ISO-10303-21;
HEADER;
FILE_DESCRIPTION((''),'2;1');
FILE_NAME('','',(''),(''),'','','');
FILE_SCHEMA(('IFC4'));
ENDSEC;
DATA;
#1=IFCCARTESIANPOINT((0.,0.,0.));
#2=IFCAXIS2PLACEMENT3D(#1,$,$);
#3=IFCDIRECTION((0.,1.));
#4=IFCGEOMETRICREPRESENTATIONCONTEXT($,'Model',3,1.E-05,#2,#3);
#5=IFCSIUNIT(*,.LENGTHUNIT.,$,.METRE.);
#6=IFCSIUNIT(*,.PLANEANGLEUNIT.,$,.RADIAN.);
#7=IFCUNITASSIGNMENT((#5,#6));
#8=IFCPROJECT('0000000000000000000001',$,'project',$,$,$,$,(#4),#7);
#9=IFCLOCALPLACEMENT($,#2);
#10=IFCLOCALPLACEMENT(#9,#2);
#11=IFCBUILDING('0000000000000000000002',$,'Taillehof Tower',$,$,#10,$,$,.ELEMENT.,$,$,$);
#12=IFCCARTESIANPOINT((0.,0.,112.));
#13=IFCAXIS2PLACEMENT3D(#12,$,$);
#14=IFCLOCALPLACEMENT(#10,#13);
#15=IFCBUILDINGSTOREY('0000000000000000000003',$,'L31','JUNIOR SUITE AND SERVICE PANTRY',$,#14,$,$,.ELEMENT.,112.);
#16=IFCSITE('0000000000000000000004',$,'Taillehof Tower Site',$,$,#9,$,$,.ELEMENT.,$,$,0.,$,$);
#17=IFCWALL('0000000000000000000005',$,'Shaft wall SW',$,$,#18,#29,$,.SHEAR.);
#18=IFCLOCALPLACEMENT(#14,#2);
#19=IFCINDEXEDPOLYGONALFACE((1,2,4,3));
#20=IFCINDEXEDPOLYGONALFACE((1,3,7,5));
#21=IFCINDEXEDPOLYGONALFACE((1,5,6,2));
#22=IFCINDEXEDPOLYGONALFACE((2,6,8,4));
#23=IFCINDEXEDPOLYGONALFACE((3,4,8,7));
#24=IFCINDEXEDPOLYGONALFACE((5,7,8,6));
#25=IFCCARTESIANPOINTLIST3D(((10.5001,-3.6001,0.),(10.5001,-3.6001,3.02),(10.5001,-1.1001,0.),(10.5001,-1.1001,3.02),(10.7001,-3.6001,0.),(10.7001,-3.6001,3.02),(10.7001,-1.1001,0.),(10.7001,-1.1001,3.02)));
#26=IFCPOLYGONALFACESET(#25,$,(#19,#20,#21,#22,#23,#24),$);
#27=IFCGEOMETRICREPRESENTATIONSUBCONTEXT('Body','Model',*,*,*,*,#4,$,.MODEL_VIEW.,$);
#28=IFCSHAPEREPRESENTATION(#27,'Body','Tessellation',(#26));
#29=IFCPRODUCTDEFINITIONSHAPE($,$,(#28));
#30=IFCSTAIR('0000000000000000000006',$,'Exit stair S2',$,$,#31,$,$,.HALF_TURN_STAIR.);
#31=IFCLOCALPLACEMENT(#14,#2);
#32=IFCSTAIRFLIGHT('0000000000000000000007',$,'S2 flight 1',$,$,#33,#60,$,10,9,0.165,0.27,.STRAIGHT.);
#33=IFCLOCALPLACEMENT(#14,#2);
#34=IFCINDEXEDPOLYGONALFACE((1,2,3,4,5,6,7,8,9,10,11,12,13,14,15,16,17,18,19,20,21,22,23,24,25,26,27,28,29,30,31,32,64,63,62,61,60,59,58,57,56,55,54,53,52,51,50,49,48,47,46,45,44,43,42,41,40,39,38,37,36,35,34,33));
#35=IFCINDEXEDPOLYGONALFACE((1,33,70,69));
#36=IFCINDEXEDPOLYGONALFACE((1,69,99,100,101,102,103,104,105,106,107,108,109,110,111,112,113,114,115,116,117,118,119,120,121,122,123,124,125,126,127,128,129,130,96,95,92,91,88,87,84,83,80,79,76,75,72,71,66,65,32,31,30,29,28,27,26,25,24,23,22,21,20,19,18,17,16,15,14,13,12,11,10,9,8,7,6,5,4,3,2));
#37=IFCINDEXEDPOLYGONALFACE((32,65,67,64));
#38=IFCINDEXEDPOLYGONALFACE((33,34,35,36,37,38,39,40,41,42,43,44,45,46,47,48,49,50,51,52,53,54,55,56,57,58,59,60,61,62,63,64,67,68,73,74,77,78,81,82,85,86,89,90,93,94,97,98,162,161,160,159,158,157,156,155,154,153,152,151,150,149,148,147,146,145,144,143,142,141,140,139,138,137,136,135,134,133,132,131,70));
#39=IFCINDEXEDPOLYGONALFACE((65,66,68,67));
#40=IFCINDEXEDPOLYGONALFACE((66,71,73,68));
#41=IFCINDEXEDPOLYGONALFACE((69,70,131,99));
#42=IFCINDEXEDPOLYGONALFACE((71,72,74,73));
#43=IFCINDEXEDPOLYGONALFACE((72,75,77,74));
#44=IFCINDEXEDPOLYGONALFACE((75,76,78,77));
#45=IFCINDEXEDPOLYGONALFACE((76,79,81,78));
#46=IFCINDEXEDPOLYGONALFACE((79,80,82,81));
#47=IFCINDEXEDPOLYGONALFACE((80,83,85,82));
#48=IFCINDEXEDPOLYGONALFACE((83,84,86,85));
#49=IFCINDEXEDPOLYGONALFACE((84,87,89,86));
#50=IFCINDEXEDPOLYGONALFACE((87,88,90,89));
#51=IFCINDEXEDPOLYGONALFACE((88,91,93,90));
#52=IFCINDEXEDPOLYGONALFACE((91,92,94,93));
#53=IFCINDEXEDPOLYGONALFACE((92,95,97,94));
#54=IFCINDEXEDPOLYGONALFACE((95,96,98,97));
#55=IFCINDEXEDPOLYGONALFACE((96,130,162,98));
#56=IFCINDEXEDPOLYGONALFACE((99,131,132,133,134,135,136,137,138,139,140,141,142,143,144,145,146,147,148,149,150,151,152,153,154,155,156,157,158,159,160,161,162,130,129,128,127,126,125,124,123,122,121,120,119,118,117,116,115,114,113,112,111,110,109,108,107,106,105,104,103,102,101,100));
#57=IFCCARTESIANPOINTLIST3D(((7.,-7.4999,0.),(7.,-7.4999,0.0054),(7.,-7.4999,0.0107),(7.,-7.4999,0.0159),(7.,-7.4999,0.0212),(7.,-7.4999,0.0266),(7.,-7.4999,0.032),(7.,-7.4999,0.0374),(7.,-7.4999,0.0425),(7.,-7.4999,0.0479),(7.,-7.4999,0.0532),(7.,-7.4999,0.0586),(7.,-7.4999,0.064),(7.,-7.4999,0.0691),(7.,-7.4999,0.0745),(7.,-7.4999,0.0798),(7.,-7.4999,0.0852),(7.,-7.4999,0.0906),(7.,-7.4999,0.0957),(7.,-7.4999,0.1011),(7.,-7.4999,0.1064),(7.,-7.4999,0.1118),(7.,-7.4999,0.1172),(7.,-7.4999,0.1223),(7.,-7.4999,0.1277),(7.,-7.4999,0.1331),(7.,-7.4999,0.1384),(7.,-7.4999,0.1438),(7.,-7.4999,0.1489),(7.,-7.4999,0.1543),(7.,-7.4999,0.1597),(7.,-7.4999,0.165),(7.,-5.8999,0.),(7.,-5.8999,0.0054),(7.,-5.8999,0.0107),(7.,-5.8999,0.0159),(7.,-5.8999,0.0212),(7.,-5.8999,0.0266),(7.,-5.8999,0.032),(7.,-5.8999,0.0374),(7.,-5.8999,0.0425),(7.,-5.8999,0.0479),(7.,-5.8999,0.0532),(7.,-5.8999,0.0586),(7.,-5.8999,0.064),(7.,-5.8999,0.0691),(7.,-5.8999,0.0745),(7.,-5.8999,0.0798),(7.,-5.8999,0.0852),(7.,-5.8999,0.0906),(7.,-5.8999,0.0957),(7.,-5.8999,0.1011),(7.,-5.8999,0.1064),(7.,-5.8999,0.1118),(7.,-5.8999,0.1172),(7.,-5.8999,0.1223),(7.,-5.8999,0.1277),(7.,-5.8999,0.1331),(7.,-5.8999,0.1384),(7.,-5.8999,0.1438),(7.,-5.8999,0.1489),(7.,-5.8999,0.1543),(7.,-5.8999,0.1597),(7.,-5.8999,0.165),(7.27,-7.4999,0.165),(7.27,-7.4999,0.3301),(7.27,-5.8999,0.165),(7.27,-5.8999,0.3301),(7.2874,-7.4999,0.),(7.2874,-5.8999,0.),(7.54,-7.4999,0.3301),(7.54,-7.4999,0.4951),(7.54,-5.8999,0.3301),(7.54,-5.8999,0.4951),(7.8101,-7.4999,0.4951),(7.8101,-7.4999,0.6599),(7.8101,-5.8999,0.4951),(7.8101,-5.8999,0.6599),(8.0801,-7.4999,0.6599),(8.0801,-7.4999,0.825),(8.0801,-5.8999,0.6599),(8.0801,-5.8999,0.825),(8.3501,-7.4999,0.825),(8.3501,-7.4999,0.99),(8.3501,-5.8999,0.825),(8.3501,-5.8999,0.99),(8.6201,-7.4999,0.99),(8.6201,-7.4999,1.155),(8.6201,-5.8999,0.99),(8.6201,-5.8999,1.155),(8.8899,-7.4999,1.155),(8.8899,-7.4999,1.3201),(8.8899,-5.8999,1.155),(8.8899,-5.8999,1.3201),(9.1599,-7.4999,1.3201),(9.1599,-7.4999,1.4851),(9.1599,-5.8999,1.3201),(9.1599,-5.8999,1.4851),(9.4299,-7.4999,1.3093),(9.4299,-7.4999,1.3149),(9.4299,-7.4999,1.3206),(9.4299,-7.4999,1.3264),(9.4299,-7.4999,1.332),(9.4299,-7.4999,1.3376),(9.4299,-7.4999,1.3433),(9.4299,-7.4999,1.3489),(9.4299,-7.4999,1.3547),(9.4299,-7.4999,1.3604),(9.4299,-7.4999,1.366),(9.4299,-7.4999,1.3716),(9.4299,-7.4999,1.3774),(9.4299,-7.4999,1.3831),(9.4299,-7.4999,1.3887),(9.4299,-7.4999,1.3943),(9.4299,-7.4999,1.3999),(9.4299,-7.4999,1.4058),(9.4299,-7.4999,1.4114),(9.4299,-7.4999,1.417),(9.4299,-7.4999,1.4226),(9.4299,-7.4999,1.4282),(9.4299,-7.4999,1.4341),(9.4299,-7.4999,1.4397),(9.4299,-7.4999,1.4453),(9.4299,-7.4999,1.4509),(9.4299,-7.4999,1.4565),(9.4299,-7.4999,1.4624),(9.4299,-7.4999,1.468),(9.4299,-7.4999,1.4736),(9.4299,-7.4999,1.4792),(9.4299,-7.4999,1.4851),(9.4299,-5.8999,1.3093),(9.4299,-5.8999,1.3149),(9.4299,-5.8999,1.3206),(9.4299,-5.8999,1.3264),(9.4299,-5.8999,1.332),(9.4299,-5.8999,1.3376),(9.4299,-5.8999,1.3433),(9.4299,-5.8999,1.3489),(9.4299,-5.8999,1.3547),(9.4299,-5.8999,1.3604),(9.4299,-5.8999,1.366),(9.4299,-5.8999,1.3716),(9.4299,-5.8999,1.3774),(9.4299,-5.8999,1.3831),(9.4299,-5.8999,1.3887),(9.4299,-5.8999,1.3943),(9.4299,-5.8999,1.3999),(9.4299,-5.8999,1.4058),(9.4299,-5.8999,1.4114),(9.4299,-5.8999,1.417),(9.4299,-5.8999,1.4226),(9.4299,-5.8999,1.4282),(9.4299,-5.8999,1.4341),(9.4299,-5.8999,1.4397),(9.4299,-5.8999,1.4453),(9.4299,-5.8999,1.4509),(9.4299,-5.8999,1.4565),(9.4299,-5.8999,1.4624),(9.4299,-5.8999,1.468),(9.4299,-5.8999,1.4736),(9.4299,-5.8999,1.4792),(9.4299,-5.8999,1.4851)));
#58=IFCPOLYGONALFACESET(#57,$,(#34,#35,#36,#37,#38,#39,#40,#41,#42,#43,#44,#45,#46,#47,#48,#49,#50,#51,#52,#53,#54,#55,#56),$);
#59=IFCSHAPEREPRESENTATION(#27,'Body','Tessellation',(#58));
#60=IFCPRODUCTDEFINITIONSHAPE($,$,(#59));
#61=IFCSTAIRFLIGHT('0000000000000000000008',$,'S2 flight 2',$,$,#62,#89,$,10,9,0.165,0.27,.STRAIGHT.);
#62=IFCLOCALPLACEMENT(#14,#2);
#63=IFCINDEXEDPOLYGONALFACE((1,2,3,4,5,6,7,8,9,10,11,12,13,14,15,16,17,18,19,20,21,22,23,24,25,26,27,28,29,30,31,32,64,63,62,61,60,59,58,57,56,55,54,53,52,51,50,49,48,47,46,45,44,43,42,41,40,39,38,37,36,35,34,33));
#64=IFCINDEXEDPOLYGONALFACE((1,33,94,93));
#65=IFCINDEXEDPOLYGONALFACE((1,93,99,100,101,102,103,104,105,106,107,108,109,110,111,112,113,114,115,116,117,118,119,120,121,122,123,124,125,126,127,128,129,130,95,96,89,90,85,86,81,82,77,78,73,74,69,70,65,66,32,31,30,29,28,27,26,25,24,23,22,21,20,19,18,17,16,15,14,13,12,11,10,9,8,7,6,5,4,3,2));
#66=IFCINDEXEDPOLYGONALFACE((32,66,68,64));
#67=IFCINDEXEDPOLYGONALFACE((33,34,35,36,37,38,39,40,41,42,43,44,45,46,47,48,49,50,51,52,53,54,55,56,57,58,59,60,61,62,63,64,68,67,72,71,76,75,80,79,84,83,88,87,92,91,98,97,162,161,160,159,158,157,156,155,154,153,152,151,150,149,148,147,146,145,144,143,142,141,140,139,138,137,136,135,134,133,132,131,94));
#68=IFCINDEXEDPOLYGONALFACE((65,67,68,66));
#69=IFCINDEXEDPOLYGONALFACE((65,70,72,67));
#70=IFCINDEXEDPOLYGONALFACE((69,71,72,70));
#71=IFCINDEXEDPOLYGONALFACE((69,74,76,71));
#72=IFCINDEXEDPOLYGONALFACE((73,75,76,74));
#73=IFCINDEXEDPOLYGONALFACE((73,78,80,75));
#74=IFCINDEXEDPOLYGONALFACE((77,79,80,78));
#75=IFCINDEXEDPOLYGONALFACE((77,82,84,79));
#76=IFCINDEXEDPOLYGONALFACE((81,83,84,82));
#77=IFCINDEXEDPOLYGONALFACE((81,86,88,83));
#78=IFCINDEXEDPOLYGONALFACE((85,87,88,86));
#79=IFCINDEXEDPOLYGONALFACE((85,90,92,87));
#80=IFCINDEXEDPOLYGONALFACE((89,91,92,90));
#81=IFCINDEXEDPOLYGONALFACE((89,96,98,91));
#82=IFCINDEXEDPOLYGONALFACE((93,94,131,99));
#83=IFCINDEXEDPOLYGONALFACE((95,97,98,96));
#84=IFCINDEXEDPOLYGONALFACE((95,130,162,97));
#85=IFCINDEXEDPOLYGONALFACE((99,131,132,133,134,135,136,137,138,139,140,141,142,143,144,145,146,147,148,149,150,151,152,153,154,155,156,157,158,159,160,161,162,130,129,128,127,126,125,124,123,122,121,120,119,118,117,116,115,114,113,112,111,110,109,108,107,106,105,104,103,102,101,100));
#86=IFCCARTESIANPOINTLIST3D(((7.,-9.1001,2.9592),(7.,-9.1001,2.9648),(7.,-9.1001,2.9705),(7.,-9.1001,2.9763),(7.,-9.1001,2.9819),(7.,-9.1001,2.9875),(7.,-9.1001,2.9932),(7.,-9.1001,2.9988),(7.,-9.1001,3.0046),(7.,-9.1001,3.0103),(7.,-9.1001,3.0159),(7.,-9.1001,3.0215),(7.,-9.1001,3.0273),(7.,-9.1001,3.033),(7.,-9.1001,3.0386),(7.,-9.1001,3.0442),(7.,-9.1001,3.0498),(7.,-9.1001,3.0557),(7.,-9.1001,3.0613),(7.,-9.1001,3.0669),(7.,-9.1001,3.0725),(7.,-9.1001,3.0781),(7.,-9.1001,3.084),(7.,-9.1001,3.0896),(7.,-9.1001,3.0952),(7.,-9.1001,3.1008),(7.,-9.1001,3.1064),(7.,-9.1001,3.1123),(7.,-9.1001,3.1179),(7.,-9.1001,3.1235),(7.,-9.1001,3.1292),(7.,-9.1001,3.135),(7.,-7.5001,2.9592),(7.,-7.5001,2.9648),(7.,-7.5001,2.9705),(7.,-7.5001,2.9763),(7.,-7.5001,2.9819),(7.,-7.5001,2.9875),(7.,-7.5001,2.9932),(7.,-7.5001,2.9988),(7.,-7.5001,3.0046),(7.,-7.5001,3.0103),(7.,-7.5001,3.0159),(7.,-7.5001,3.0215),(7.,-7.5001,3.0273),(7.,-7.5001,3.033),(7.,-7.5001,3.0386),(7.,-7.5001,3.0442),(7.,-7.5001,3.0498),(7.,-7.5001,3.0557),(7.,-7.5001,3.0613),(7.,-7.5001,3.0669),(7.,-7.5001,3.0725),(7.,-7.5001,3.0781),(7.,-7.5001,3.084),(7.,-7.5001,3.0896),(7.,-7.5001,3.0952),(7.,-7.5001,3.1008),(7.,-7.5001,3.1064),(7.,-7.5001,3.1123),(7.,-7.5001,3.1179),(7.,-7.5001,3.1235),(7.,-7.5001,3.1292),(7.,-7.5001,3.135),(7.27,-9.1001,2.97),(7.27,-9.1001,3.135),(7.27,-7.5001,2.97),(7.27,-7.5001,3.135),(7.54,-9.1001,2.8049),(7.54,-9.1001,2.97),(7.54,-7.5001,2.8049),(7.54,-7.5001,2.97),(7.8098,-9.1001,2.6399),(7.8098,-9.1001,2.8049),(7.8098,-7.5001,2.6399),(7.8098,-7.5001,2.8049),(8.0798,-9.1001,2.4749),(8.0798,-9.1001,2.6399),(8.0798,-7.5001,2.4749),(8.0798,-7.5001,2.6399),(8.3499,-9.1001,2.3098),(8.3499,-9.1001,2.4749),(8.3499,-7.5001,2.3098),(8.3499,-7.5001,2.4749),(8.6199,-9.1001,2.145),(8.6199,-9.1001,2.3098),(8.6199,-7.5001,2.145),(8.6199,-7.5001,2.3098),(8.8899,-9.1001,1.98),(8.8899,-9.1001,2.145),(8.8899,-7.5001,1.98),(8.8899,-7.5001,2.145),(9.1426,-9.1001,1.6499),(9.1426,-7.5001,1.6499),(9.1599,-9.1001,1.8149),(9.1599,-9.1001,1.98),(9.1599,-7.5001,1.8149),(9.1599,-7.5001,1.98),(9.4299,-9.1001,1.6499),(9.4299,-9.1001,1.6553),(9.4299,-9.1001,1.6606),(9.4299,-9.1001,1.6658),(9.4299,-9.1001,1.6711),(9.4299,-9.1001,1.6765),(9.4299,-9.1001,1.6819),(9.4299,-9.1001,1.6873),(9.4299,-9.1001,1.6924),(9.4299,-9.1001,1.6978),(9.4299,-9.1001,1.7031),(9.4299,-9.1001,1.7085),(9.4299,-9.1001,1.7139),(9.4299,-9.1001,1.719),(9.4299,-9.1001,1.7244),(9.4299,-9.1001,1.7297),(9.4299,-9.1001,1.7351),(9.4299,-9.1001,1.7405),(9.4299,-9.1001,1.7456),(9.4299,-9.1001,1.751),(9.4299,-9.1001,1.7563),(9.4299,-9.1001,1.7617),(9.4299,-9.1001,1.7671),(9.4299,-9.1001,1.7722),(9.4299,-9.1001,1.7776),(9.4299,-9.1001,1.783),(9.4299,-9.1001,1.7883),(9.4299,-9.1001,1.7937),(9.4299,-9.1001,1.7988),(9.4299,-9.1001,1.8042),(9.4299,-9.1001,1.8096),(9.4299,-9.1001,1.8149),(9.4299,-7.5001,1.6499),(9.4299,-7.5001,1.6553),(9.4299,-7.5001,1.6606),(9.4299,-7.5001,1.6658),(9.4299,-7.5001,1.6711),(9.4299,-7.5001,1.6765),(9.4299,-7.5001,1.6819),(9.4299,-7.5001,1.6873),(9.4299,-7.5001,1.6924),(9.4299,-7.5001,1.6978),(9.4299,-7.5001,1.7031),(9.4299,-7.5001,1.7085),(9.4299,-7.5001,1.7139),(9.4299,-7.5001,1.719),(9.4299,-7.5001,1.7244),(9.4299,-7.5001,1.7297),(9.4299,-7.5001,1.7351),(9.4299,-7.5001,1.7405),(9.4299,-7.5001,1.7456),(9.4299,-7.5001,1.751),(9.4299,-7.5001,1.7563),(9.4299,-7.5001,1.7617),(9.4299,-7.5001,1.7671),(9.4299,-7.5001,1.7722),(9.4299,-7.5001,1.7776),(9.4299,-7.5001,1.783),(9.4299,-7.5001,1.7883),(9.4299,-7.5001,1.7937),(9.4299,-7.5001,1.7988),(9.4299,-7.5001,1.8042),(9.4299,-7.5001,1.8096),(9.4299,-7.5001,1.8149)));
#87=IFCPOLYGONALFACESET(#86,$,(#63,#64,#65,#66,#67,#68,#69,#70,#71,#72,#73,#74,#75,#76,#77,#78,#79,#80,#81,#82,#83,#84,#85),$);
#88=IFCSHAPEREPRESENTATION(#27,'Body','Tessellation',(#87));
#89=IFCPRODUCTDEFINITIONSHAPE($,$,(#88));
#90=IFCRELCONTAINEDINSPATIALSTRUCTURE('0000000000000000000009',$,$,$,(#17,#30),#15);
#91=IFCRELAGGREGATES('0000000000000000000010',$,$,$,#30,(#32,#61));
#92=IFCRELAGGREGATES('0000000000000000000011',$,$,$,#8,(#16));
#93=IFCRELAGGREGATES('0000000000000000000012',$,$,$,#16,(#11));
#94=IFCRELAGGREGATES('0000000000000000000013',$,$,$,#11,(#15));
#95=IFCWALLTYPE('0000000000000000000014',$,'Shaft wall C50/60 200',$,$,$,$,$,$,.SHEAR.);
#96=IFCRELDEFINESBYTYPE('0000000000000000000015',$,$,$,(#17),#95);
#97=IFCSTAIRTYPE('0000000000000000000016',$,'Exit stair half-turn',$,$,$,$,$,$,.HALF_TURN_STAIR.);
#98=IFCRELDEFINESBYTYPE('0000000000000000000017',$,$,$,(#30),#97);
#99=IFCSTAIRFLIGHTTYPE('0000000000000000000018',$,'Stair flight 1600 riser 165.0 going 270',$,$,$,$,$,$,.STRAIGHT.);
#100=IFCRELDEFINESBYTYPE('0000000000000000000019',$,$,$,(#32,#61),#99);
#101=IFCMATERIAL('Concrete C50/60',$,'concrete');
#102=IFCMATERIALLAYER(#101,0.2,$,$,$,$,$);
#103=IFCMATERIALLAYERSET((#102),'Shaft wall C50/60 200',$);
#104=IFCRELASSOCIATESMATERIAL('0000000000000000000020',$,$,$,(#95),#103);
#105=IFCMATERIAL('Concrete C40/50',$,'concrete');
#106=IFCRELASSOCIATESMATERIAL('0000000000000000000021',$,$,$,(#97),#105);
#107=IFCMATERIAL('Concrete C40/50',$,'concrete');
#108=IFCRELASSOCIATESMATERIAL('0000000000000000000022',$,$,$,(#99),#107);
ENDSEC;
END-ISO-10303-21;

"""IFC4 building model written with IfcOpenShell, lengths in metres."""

from ifc_helpers import new_model, si_unit, direction, frame, frame_2d, origin, place, context, subcontext, project, spatial, polyline, rectangle, outline, extrude, material, layer, layer_set, type_object, element, aggregate, save


model = new_model("IFC4")

# Units and contexts
model_context = context("Model", 3, precision=1e-05, world=origin(), true_north=direction((0.0, 1.0)))
body_context = subcontext(model_context, "Body", "Model", "MODEL_VIEW")
ifc_project = project(units=[si_unit("LENGTHUNIT", "METRE"), si_unit("PLANEANGLEUNIT", "RADIAN")], contexts=[model_context])

# Site, building, storey
site_placement = place(None, origin())
site = spatial("IfcSite", under=ifc_project, at=site_placement, Name="Taillehof Tower Site", CompositionType="ELEMENT", RefElevation=0.0)
building_placement = place(site_placement, origin())
building = spatial("IfcBuilding", under=site, at=building_placement, Name="Taillehof Tower", CompositionType="ELEMENT")
storey_placement = place(building_placement, frame((0.0, 0.0, 112.0)))
storey = spatial("IfcBuildingStorey", under=building, at=storey_placement, Name="L31", Description="JUNIOR SUITE AND SERVICE PANTRY", CompositionType="ELEMENT", Elevation=112.0)

# Shared definitions
ifc_material_1 = material(Name="Concrete C50/60", Category="concrete")
ifc_layer_1 = layer(ifc_material_1, 0.2)
ifc_layer_set_1 = layer_set([ifc_layer_1], Name="Shaft wall C50/60 200")
wall_type_1 = type_object("IfcWallType", Name="Shaft wall C50/60 200", PredefinedType="SHEAR", material=ifc_layer_set_1)

# Wall
wall_1_placement = place(storey_placement, frame((10.6001, -3.6001, 0.0), z_axis=(0.0, 0.0, 1.0), x_axis=(0.0, 1.0, 0.0)))
element("IfcWall", 1, at=wall_1_placement, inside=storey, type_object=wall_type_1, Name="Shaft wall SW", PredefinedType="SHEAR", context=body_context, shape_type="SweptSolid", body=[
    extrude(rectangle(XDim=2.5, YDim=0.2, at=frame_2d((1.25, 0.0))), origin(), (0.0, 0.0, 1.0), 3.02),
])

# Stair, stair flights
ifc_material_2 = material(Name="Concrete C40/50", Category="concrete")
stair_type = type_object("IfcStairType", Name="Exit stair half-turn", PredefinedType="HALF_TURN_STAIR", material=ifc_material_2)
stair_placement = place(storey_placement, origin())
stair = element("IfcStair", 2, at=stair_placement, inside=storey, type_object=stair_type, Name="Exit stair S2", PredefinedType="HALF_TURN_STAIR")
ifc_material_3 = material(Name="Concrete C40/50", Category="concrete")
stair_flight_type = type_object("IfcStairFlightType", Name="Stair flight 1600 riser 165.0 going 270", PredefinedType="STRAIGHT", material=ifc_material_3)
stair_flight_1_placement = place(storey_placement, frame((7.0, -6.7, 0.0), z_axis=(0.0, 0.0, 1.0), x_axis=(1.0, 0.0, 0.0)))
stair_flight_1 = element("IfcStairFlight", 3, at=stair_flight_1_placement, type_object=stair_flight_type, Name="S2 flight 1", NumberOfRisers=10, NumberOfTreads=9, PredefinedType="STRAIGHT", RiserHeight=0.165, TreadLength=0.27, context=body_context, shape_type="SweptSolid", body=[
    extrude(outline(polyline([(0.0, 0.0), (0.0, 0.0054), (0.0, 0.0107), (0.0, 0.0159), (0.0, 0.0212), (0.0, 0.0266), (0.0, 0.032), (0.0, 0.0374), (0.0, 0.0425), (0.0, 0.0479), (0.0, 0.0532), (0.0, 0.0586), (0.0, 0.064), (0.0, 0.0691), (0.0, 0.0745), (0.0, 0.0798), (0.0, 0.0852), (0.0, 0.0906), (0.0, 0.0957), (0.0, 0.1011), (0.0, 0.1064), (0.0, 0.1118), (0.0, 0.1172), (0.0, 0.1223), (0.0, 0.1277), (0.0, 0.1331), (0.0, 0.1384), (0.0, 0.1438), (0.0, 0.1489), (0.0, 0.1543), (0.0, 0.1597), (0.0, 0.165), (0.27, 0.165), (0.27, 0.3301), (0.54, 0.3301), (0.54, 0.4951), (0.8101, 0.4951), (0.8101, 0.6599), (1.0801, 0.6599), (1.0801, 0.825), (1.3501, 0.825), (1.3501, 0.99), (1.6201, 0.99), (1.6201, 1.155), (1.8899, 1.155), (1.8899, 1.3201), (2.1599, 1.3201), (2.1599, 1.4851), (2.4299, 1.4851), (2.4299, 1.4792), (2.4299, 1.4736), (2.4299, 1.468), (2.4299, 1.4624), (2.4299, 1.4565), (2.4299, 1.4509), (2.4299, 1.4453), (2.4299, 1.4397), (2.4299, 1.4341), (2.4299, 1.4282), (2.4299, 1.4226), (2.4299, 1.417), (2.4299, 1.4114), (2.4299, 1.4058), (2.4299, 1.3999), (2.4299, 1.3943), (2.4299, 1.3887), (2.4299, 1.3831), (2.4299, 1.3774), (2.4299, 1.3716), (2.4299, 1.366), (2.4299, 1.3604), (2.4299, 1.3547), (2.4299, 1.3489), (2.4299, 1.3433), (2.4299, 1.3376), (2.4299, 1.332), (2.4299, 1.3264), (2.4299, 1.3206), (2.4299, 1.3149), (2.4299, 1.3093), (0.2874, 0.0), (0.0, 0.0)])), frame((0.0, 0.8, 0.0), z_axis=(0.0, -1.0, 0.0), x_axis=(1.0, 0.0, 0.0)), (0.0, 0.0, 1.0), 1.6),
])
stair_flight_2_placement = place(storey_placement, frame((9.4299, -8.3, 1.6499), z_axis=(0.0, 0.0, 1.0), x_axis=(-1.0, 0.0, 0.0)))
stair_flight_2 = element("IfcStairFlight", 4, at=stair_flight_2_placement, type_object=stair_flight_type, Name="S2 flight 2", NumberOfRisers=10, NumberOfTreads=9, PredefinedType="STRAIGHT", RiserHeight=0.165, TreadLength=0.27, context=body_context, shape_type="SweptSolid", body=[
    extrude(outline(polyline([(0.0, 0.0), (0.0, 0.0054), (0.0, 0.0107), (0.0, 0.0159), (0.0, 0.0212), (0.0, 0.0266), (0.0, 0.032), (0.0, 0.0374), (0.0, 0.0425), (0.0, 0.0479), (0.0, 0.0532), (0.0, 0.0586), (0.0, 0.064), (0.0, 0.0691), (0.0, 0.0745), (0.0, 0.0798), (0.0, 0.0852), (0.0, 0.0906), (0.0, 0.0957), (0.0, 0.1011), (0.0, 0.1064), (0.0, 0.1118), (0.0, 0.1172), (0.0, 0.1223), (0.0, 0.1277), (0.0, 0.1331), (0.0, 0.1384), (0.0, 0.1438), (0.0, 0.1489), (0.0, 0.1543), (0.0, 0.1597), (0.0, 0.165), (0.27, 0.165), (0.27, 0.3301), (0.54, 0.3301), (0.54, 0.4951), (0.8101, 0.4951), (0.8101, 0.6599), (1.0801, 0.6599), (1.0801, 0.825), (1.3501, 0.825), (1.3501, 0.99), (1.6201, 0.99), (1.6201, 1.155), (1.8899, 1.155), (1.8899, 1.3201), (2.1599, 1.3201), (2.1599, 1.4851), (2.4299, 1.4851), (2.4299, 1.4792), (2.4299, 1.4736), (2.4299, 1.468), (2.4299, 1.4624), (2.4299, 1.4565), (2.4299, 1.4509), (2.4299, 1.4453), (2.4299, 1.4397), (2.4299, 1.4341), (2.4299, 1.4282), (2.4299, 1.4226), (2.4299, 1.417), (2.4299, 1.4114), (2.4299, 1.4058), (2.4299, 1.3999), (2.4299, 1.3943), (2.4299, 1.3887), (2.4299, 1.3831), (2.4299, 1.3774), (2.4299, 1.3716), (2.4299, 1.366), (2.4299, 1.3604), (2.4299, 1.3547), (2.4299, 1.3489), (2.4299, 1.3433), (2.4299, 1.3376), (2.4299, 1.332), (2.4299, 1.3264), (2.4299, 1.3206), (2.4299, 1.3149), (2.4299, 1.3093), (0.2874, 0.0), (0.0, 0.0)])), frame((0.0, 0.8, 0.0), z_axis=(0.0, -1.0, 0.0), x_axis=(1.0, 0.0, 0.0)), (0.0, 0.0, 1.0), 1.6),
])
aggregate(stair, [stair_flight_1, stair_flight_2])

save(model, "model.ifc")
